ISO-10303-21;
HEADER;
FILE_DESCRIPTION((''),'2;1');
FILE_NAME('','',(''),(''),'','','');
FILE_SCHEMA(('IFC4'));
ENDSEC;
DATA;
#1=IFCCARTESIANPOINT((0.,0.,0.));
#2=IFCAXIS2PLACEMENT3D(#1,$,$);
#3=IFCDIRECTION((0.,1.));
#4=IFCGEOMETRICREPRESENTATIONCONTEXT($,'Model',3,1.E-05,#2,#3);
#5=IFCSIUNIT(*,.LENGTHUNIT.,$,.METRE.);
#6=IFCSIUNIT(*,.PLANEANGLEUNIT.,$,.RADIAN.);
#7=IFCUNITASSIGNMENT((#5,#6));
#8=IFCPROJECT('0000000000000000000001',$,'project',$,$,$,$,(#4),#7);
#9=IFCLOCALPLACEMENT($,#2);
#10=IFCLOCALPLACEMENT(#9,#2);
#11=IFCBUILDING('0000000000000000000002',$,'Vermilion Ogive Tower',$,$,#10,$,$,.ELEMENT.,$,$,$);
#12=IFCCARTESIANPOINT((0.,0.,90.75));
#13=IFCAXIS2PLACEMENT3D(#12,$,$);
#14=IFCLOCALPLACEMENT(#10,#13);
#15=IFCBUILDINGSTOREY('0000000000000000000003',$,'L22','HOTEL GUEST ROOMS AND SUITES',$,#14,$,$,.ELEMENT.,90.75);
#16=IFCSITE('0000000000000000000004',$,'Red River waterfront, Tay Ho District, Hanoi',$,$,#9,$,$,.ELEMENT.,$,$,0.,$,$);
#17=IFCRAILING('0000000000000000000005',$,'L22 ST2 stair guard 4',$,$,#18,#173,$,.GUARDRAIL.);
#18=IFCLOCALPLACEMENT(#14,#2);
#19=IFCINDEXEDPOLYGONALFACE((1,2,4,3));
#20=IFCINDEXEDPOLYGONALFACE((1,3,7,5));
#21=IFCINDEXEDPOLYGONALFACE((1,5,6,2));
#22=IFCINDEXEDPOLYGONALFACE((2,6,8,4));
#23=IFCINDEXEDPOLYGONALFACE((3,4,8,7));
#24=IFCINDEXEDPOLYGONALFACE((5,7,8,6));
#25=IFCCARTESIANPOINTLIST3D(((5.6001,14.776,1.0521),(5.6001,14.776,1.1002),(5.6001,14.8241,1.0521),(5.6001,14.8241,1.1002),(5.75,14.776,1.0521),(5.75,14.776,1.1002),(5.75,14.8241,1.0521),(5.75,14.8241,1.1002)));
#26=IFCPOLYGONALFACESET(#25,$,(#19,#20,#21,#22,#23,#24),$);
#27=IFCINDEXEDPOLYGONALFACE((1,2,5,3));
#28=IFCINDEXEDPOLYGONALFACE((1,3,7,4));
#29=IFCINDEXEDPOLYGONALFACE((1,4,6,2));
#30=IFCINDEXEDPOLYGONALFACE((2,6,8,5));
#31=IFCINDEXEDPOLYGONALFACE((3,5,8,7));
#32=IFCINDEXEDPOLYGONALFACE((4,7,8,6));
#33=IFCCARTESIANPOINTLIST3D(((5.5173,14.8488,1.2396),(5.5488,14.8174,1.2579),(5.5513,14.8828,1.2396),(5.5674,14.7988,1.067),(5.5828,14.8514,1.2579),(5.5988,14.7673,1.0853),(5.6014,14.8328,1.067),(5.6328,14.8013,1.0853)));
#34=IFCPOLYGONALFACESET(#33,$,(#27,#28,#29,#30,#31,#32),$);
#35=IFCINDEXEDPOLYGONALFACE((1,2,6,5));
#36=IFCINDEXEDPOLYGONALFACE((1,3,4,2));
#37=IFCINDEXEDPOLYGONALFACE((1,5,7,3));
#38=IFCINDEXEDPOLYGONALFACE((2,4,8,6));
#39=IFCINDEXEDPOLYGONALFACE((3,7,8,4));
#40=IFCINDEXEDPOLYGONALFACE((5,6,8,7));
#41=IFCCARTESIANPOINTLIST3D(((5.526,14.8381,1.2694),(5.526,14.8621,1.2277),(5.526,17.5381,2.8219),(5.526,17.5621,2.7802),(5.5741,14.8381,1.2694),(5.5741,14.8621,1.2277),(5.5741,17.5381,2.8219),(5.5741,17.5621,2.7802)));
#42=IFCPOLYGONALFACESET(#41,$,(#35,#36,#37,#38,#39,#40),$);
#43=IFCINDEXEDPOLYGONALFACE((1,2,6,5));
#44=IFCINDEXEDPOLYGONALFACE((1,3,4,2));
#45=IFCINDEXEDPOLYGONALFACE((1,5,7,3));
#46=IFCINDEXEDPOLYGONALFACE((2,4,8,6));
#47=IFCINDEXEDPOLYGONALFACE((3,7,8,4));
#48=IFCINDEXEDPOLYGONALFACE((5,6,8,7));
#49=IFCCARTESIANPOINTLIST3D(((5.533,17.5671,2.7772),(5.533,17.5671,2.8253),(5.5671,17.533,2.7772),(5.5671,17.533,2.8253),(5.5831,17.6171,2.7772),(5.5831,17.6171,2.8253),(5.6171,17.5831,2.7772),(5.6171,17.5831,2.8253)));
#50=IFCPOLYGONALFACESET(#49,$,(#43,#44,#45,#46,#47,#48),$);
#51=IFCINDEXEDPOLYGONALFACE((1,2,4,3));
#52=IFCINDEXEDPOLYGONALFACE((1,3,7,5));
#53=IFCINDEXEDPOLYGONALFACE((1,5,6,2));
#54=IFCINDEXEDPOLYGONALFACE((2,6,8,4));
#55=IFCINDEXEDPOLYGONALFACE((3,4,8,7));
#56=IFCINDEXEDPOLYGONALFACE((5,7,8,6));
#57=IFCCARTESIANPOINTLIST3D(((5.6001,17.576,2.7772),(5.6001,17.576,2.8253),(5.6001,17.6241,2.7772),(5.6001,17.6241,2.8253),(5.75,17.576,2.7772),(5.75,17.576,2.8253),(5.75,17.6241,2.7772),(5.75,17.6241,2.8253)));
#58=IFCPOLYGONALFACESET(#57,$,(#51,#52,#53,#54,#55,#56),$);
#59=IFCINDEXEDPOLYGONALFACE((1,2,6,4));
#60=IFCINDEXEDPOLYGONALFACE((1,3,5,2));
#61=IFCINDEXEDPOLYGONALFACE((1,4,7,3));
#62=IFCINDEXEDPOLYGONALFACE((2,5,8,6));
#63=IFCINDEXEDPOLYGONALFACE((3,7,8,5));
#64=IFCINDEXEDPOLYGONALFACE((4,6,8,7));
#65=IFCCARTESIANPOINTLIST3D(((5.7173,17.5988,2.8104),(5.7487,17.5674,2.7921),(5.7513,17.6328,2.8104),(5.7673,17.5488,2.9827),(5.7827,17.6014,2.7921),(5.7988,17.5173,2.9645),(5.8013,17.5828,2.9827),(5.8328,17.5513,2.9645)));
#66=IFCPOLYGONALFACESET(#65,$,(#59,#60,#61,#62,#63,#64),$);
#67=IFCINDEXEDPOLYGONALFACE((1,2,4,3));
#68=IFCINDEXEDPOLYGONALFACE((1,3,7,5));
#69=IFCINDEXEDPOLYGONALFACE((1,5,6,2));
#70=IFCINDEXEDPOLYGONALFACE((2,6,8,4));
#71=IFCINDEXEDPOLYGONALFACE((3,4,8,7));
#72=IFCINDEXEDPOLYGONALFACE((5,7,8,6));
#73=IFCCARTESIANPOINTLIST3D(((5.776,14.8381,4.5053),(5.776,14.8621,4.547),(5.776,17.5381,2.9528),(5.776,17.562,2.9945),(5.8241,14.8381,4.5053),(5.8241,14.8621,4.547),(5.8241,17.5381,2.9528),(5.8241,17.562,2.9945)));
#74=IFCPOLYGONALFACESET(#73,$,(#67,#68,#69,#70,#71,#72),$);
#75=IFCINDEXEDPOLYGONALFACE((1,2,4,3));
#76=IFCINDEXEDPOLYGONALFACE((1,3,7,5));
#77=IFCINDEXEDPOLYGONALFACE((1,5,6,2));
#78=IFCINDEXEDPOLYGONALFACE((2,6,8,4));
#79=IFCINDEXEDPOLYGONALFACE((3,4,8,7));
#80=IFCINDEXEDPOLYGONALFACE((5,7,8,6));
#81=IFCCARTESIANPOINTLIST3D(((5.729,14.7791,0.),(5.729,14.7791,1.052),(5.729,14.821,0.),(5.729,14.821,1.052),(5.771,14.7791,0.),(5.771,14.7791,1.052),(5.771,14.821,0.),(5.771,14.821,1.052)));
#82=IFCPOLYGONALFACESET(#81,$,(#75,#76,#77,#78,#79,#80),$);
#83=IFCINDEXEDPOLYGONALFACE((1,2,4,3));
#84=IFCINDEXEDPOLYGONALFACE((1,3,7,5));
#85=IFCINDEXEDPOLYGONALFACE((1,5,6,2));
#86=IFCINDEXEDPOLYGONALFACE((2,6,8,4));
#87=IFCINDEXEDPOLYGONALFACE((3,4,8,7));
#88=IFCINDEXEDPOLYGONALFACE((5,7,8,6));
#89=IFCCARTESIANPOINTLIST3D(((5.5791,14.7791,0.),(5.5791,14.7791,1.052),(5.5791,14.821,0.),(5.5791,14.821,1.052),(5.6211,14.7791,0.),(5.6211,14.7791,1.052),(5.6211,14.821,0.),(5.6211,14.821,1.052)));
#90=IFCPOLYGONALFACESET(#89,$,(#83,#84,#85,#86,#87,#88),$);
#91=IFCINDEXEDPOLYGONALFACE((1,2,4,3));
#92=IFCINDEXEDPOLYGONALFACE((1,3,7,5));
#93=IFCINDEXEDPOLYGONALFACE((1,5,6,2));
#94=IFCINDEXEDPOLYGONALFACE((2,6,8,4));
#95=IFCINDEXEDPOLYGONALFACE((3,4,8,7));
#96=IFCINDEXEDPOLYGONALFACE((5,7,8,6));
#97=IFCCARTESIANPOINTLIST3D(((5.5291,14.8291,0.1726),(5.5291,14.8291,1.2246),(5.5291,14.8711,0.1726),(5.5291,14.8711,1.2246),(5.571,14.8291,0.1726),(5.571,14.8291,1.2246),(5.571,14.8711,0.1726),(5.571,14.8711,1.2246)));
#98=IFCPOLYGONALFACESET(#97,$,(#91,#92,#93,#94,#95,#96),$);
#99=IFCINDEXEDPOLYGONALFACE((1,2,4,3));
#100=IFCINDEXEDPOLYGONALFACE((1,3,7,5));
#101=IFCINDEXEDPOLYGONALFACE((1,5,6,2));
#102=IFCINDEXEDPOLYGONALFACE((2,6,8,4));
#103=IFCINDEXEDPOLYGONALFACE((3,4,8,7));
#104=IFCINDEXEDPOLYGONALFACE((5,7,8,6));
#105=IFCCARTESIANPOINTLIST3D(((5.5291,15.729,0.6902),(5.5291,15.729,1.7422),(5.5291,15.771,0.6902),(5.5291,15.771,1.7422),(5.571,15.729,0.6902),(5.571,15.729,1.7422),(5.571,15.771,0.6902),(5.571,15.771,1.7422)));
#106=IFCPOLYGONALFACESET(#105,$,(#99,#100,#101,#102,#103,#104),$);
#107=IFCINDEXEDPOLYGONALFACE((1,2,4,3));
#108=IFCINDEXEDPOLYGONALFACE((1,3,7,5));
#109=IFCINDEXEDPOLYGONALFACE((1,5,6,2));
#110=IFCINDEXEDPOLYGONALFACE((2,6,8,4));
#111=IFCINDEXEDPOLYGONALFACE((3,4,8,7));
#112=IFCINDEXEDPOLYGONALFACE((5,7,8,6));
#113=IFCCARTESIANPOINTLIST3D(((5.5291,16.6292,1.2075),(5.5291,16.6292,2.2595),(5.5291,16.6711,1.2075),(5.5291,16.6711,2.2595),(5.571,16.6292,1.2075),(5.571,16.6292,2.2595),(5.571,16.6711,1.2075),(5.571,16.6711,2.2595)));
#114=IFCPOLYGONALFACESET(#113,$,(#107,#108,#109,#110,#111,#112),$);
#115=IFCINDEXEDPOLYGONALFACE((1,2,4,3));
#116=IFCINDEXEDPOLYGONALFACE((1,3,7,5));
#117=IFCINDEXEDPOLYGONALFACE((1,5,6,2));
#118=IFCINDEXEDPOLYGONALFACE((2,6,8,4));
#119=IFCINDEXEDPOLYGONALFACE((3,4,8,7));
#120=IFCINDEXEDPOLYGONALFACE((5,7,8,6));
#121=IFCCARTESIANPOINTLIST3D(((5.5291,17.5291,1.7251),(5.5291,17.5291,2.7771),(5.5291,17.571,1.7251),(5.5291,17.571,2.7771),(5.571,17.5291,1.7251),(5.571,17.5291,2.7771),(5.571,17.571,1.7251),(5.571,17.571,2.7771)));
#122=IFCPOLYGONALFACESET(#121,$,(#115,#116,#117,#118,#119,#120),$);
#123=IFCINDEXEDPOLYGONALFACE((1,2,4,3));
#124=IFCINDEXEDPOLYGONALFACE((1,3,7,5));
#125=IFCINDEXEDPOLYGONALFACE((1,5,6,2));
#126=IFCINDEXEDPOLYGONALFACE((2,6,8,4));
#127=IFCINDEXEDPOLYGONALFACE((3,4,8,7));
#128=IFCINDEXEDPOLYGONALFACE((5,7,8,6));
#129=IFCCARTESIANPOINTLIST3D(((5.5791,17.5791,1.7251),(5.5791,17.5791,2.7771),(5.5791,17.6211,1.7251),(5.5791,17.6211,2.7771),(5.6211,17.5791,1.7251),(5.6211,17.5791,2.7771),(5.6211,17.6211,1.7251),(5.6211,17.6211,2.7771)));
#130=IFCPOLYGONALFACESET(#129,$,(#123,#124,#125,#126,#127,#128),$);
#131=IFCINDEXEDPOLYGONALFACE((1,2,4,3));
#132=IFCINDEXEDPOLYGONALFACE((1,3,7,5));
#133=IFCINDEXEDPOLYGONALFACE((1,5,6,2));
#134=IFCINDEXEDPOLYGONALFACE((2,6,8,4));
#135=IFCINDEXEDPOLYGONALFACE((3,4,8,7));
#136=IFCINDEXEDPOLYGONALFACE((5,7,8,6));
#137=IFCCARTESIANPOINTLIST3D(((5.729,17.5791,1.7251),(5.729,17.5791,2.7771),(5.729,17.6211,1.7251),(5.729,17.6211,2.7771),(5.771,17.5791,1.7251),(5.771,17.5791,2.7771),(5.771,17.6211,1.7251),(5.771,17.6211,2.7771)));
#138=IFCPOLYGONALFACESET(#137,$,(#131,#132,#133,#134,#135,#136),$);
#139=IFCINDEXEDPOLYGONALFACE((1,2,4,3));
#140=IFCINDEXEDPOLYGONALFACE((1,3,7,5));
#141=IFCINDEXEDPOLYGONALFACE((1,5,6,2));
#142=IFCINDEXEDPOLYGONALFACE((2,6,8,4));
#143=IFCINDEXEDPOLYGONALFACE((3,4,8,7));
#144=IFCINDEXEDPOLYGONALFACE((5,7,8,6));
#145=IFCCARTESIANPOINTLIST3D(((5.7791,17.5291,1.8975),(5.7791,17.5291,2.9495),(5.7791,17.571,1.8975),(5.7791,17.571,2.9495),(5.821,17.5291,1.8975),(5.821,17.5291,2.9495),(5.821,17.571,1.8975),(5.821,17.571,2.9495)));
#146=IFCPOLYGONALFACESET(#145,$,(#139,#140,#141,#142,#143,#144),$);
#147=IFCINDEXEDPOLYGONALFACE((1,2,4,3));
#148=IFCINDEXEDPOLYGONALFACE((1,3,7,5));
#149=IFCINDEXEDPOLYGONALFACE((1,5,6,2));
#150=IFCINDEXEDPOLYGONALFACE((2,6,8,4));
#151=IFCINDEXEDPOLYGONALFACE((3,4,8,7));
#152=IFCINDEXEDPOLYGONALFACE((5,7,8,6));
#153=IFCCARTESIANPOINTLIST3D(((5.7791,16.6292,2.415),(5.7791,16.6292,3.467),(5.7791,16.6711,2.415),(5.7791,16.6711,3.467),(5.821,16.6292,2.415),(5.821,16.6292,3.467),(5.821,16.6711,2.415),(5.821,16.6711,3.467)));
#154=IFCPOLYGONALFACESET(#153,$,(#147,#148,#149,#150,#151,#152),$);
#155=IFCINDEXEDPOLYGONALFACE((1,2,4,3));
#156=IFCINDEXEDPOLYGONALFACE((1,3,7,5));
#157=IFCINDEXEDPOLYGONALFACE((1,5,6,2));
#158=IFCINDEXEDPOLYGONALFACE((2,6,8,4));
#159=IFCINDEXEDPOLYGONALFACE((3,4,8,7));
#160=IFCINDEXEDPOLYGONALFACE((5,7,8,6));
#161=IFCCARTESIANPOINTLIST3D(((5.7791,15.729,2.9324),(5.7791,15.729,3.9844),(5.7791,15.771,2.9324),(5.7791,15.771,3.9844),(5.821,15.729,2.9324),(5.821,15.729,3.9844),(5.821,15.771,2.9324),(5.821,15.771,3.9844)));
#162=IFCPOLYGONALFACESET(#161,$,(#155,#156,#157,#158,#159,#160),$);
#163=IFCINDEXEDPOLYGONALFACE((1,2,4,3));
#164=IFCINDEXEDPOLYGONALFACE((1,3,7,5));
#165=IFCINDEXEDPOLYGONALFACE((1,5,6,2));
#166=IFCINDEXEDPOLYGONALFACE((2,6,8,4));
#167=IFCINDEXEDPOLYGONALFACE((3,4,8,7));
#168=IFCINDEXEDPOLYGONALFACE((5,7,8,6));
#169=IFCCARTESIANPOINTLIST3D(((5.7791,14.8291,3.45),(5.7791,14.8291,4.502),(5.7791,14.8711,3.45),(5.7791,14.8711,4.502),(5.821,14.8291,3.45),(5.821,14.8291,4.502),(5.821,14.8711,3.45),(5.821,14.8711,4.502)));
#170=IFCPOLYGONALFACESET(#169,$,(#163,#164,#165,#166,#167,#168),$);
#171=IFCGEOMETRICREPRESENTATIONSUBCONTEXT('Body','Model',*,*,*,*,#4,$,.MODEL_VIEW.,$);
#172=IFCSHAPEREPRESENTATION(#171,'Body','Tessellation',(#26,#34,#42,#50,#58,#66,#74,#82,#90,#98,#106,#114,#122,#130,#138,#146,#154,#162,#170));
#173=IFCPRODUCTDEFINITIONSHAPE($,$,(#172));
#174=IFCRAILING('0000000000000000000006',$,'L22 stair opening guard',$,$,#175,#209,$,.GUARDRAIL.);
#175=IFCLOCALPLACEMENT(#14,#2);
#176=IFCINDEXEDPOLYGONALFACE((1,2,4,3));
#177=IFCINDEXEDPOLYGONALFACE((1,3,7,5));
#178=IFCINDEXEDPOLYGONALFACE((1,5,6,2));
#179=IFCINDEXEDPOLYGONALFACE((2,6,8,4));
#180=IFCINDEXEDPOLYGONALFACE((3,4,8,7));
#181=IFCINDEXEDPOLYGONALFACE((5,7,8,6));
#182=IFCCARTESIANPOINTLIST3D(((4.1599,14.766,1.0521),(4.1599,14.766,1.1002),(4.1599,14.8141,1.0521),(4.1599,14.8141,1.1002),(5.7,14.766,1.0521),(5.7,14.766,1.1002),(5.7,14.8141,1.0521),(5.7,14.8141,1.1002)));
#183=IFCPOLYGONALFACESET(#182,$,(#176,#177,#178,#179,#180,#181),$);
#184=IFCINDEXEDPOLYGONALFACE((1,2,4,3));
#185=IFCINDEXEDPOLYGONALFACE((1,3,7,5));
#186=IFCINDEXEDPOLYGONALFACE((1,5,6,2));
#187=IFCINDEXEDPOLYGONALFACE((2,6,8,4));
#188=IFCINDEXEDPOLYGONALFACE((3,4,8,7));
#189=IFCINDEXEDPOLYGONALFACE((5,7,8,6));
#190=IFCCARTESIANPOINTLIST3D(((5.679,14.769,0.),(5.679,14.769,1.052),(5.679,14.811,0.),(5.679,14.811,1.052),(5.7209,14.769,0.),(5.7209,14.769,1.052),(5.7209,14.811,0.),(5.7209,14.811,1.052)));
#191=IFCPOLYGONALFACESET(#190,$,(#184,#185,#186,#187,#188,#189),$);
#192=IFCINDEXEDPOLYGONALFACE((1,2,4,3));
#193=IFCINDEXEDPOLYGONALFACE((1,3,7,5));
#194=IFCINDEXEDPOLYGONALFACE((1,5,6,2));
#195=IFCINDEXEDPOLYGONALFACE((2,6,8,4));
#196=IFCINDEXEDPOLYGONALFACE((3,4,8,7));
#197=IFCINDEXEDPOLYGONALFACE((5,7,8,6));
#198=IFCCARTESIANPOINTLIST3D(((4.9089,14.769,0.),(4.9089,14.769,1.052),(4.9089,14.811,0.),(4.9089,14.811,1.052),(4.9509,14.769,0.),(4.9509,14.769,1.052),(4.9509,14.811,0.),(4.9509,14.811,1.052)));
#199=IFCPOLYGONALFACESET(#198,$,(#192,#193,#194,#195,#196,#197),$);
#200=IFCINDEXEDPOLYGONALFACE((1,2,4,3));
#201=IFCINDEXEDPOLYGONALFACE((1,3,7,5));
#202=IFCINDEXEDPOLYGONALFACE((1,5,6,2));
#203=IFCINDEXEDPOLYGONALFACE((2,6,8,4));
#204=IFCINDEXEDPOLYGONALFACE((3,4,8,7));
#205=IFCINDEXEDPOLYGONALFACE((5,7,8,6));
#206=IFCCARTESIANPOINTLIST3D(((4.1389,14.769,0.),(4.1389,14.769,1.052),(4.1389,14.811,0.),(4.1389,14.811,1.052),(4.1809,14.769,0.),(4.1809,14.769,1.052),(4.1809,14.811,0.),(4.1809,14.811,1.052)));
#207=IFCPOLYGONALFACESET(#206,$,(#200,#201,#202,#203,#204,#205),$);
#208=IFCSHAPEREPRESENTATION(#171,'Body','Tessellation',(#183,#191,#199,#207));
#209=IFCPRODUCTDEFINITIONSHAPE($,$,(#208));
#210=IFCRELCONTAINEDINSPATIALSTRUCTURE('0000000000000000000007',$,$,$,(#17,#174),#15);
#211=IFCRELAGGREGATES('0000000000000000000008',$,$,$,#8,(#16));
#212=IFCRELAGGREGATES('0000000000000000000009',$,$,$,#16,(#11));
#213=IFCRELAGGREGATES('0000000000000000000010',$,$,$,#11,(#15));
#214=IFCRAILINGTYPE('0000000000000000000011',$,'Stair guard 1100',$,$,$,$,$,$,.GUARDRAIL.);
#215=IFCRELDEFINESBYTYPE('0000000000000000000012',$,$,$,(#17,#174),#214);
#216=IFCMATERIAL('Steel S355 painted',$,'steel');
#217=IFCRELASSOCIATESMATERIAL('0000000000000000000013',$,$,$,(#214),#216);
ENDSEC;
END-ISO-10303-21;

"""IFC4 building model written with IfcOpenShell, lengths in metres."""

from ifc_helpers import new_model, si_unit, direction, frame, origin, origin_2d, place, context, subcontext, project, spatial, rectangle, extrude, material, type_object, element, save


model = new_model("IFC4")

# Units and contexts
model_context = context("Model", 3, precision=1e-05, world=origin(), true_north=direction((0.0, 1.0)))
body_context = subcontext(model_context, "Body", "Model", "MODEL_VIEW")
ifc_project = project(units=[si_unit("LENGTHUNIT", "METRE"), si_unit("PLANEANGLEUNIT", "RADIAN")], contexts=[model_context])

# Site, building, storey
site_placement = place(None, origin())
site = spatial("IfcSite", under=ifc_project, at=site_placement, Name="Red River waterfront, Tay Ho District, Hanoi", CompositionType="ELEMENT", RefElevation=0.0)
building_placement = place(site_placement, origin())
building = spatial("IfcBuilding", under=site, at=building_placement, Name="Vermilion Ogive Tower", CompositionType="ELEMENT")
storey_placement = place(building_placement, frame((0.0, 0.0, 90.75)))
storey = spatial("IfcBuildingStorey", under=building, at=storey_placement, Name="L22", Description="HOTEL GUEST ROOMS AND SUITES", CompositionType="ELEMENT", Elevation=90.75)

# Railings
ifc_material_1 = material(Name="Steel S355 painted", Category="steel")
railing_type_1 = type_object("IfcRailingType", Name="Stair guard 1100", PredefinedType="GUARDRAIL", material=ifc_material_1)
railing_1_placement = place(storey_placement, frame((5.75, 14.8, 0.0)))
element("IfcRailing", 1, at=railing_1_placement, inside=storey, type_object=railing_type_1, Name="L22 ST2 stair guard 4", PredefinedType="GUARDRAIL", context=body_context, shape_type="SweptSolid", body=[
    extrude(rectangle(XDim=0.0481, YDim=0.0481, at=origin_2d()), frame((0.0, 0.0, 1.0762), z_axis=(-1.0, 0.0, 0.0), x_axis=(0.0, -1.0, 0.0)), (0.0, 0.0, 1.0), 0.1499),
    extrude(rectangle(XDim=0.0481, YDim=0.0481, at=origin_2d()), frame((-0.1499, 0.0, 1.0762), z_axis=(-0.268278, 0.268278, 0.925232), x_axis=(-0.707107, -0.707107, 0.0)), (0.0, 0.0, 1.0), 0.1865),
    extrude(rectangle(XDim=0.0481, YDim=0.0481, at=origin_2d()), frame((-0.2, 0.05, 1.2485), z_axis=(0.0, 0.866904, 0.498476), x_axis=(-1.0, 0.0, 0.0)), (0.0, 0.0, 1.0), 3.1145),
    extrude(rectangle(XDim=0.0481, YDim=0.0481, at=origin_2d()), frame((-0.2, 2.75, 2.8013), z_axis=(0.707107, 0.707107, 0.0), x_axis=(-0.707107, 0.707107, 0.0)), (0.0, 0.0, 1.0), 0.0708),
    extrude(rectangle(XDim=0.0481, YDim=0.0481, at=origin_2d()), frame((-0.1499, 2.8, 2.8013), z_axis=(1.0, 0.0, 0.0), x_axis=(0.0, 1.0, 0.0)), (0.0, 0.0, 1.0), 0.1499),
    extrude(rectangle(XDim=0.0481, YDim=0.0481, at=origin_2d()), frame((0.0, 2.8, 2.8013), z_axis=(0.268603, -0.268603, 0.925043), x_axis=(0.707107, 0.707107, 0.0)), (0.0, 0.0, 1.0), 0.1863),
    extrude(rectangle(XDim=0.0481, YDim=0.0481, at=origin_2d()), frame((0.05, 2.75, 2.9736), z_axis=(0.0, -0.866904, 0.498476), x_axis=(1.0, 0.0, 0.0)), (0.0, 0.0, 1.0), 3.1145),
    extrude(rectangle(XDim=0.042, YDim=0.042, at=origin_2d()), origin(), (0.0, 0.0, 1.0), 1.052),
    extrude(rectangle(XDim=0.042, YDim=0.042, at=origin_2d()), frame((-0.1499, 0.0, 0.0)), (0.0, 0.0, 1.0), 1.052),
    extrude(rectangle(XDim=0.042, YDim=0.042, at=origin_2d()), frame((-0.2, 0.05, 0.1726)), (0.0, 0.0, 1.0), 1.052),
    extrude(rectangle(XDim=0.042, YDim=0.042, at=origin_2d()), frame((-0.2, 0.95, 0.6902)), (0.0, 0.0, 1.0), 1.052),
    extrude(rectangle(XDim=0.042, YDim=0.042, at=origin_2d()), frame((-0.2, 1.8501, 1.2075)), (0.0, 0.0, 1.0), 1.052),
    extrude(rectangle(XDim=0.042, YDim=0.042, at=origin_2d()), frame((-0.2, 2.75, 1.7251)), (0.0, 0.0, 1.0), 1.052),
    extrude(rectangle(XDim=0.042, YDim=0.042, at=origin_2d()), frame((-0.1499, 2.8, 1.7251)), (0.0, 0.0, 1.0), 1.052),
    extrude(rectangle(XDim=0.042, YDim=0.042, at=origin_2d()), frame((0.0, 2.8, 1.7251)), (0.0, 0.0, 1.0), 1.052),
    extrude(rectangle(XDim=0.042, YDim=0.042, at=origin_2d()), frame((0.05, 2.75, 1.8975)), (0.0, 0.0, 1.0), 1.052),
    extrude(rectangle(XDim=0.042, YDim=0.042, at=origin_2d()), frame((0.05, 1.8501, 2.415)), (0.0, 0.0, 1.0), 1.052),
    extrude(rectangle(XDim=0.042, YDim=0.042, at=origin_2d()), frame((0.05, 0.95, 2.9324)), (0.0, 0.0, 1.0), 1.052),
    extrude(rectangle(XDim=0.042, YDim=0.042, at=origin_2d()), frame((0.05, 0.05, 3.45)), (0.0, 0.0, 1.0), 1.052),
])
railing_2_placement = place(storey_placement, frame((5.7, 14.79, 0.0)))
element("IfcRailing", 2, at=railing_2_placement, inside=storey, type_object=railing_type_1, Name="L22 stair opening guard", PredefinedType="GUARDRAIL", context=body_context, shape_type="SweptSolid", body=[
    extrude(rectangle(XDim=0.0481, YDim=0.0481, at=origin_2d()), frame((0.0, 0.0, 1.0762), z_axis=(-1.0, 0.0, 0.0), x_axis=(0.0, -1.0, 0.0)), (0.0, 0.0, 1.0), 1.54),
    extrude(rectangle(XDim=0.042, YDim=0.042, at=origin_2d()), origin(), (0.0, 0.0, 1.0), 1.052),
    extrude(rectangle(XDim=0.042, YDim=0.042, at=origin_2d()), frame((-0.77, 0.0, 0.0)), (0.0, 0.0, 1.0), 1.052),
    extrude(rectangle(XDim=0.042, YDim=0.042, at=origin_2d()), frame((-1.54, 0.0, 0.0)), (0.0, 0.0, 1.0), 1.052),
])

save(model, "model.ifc")
